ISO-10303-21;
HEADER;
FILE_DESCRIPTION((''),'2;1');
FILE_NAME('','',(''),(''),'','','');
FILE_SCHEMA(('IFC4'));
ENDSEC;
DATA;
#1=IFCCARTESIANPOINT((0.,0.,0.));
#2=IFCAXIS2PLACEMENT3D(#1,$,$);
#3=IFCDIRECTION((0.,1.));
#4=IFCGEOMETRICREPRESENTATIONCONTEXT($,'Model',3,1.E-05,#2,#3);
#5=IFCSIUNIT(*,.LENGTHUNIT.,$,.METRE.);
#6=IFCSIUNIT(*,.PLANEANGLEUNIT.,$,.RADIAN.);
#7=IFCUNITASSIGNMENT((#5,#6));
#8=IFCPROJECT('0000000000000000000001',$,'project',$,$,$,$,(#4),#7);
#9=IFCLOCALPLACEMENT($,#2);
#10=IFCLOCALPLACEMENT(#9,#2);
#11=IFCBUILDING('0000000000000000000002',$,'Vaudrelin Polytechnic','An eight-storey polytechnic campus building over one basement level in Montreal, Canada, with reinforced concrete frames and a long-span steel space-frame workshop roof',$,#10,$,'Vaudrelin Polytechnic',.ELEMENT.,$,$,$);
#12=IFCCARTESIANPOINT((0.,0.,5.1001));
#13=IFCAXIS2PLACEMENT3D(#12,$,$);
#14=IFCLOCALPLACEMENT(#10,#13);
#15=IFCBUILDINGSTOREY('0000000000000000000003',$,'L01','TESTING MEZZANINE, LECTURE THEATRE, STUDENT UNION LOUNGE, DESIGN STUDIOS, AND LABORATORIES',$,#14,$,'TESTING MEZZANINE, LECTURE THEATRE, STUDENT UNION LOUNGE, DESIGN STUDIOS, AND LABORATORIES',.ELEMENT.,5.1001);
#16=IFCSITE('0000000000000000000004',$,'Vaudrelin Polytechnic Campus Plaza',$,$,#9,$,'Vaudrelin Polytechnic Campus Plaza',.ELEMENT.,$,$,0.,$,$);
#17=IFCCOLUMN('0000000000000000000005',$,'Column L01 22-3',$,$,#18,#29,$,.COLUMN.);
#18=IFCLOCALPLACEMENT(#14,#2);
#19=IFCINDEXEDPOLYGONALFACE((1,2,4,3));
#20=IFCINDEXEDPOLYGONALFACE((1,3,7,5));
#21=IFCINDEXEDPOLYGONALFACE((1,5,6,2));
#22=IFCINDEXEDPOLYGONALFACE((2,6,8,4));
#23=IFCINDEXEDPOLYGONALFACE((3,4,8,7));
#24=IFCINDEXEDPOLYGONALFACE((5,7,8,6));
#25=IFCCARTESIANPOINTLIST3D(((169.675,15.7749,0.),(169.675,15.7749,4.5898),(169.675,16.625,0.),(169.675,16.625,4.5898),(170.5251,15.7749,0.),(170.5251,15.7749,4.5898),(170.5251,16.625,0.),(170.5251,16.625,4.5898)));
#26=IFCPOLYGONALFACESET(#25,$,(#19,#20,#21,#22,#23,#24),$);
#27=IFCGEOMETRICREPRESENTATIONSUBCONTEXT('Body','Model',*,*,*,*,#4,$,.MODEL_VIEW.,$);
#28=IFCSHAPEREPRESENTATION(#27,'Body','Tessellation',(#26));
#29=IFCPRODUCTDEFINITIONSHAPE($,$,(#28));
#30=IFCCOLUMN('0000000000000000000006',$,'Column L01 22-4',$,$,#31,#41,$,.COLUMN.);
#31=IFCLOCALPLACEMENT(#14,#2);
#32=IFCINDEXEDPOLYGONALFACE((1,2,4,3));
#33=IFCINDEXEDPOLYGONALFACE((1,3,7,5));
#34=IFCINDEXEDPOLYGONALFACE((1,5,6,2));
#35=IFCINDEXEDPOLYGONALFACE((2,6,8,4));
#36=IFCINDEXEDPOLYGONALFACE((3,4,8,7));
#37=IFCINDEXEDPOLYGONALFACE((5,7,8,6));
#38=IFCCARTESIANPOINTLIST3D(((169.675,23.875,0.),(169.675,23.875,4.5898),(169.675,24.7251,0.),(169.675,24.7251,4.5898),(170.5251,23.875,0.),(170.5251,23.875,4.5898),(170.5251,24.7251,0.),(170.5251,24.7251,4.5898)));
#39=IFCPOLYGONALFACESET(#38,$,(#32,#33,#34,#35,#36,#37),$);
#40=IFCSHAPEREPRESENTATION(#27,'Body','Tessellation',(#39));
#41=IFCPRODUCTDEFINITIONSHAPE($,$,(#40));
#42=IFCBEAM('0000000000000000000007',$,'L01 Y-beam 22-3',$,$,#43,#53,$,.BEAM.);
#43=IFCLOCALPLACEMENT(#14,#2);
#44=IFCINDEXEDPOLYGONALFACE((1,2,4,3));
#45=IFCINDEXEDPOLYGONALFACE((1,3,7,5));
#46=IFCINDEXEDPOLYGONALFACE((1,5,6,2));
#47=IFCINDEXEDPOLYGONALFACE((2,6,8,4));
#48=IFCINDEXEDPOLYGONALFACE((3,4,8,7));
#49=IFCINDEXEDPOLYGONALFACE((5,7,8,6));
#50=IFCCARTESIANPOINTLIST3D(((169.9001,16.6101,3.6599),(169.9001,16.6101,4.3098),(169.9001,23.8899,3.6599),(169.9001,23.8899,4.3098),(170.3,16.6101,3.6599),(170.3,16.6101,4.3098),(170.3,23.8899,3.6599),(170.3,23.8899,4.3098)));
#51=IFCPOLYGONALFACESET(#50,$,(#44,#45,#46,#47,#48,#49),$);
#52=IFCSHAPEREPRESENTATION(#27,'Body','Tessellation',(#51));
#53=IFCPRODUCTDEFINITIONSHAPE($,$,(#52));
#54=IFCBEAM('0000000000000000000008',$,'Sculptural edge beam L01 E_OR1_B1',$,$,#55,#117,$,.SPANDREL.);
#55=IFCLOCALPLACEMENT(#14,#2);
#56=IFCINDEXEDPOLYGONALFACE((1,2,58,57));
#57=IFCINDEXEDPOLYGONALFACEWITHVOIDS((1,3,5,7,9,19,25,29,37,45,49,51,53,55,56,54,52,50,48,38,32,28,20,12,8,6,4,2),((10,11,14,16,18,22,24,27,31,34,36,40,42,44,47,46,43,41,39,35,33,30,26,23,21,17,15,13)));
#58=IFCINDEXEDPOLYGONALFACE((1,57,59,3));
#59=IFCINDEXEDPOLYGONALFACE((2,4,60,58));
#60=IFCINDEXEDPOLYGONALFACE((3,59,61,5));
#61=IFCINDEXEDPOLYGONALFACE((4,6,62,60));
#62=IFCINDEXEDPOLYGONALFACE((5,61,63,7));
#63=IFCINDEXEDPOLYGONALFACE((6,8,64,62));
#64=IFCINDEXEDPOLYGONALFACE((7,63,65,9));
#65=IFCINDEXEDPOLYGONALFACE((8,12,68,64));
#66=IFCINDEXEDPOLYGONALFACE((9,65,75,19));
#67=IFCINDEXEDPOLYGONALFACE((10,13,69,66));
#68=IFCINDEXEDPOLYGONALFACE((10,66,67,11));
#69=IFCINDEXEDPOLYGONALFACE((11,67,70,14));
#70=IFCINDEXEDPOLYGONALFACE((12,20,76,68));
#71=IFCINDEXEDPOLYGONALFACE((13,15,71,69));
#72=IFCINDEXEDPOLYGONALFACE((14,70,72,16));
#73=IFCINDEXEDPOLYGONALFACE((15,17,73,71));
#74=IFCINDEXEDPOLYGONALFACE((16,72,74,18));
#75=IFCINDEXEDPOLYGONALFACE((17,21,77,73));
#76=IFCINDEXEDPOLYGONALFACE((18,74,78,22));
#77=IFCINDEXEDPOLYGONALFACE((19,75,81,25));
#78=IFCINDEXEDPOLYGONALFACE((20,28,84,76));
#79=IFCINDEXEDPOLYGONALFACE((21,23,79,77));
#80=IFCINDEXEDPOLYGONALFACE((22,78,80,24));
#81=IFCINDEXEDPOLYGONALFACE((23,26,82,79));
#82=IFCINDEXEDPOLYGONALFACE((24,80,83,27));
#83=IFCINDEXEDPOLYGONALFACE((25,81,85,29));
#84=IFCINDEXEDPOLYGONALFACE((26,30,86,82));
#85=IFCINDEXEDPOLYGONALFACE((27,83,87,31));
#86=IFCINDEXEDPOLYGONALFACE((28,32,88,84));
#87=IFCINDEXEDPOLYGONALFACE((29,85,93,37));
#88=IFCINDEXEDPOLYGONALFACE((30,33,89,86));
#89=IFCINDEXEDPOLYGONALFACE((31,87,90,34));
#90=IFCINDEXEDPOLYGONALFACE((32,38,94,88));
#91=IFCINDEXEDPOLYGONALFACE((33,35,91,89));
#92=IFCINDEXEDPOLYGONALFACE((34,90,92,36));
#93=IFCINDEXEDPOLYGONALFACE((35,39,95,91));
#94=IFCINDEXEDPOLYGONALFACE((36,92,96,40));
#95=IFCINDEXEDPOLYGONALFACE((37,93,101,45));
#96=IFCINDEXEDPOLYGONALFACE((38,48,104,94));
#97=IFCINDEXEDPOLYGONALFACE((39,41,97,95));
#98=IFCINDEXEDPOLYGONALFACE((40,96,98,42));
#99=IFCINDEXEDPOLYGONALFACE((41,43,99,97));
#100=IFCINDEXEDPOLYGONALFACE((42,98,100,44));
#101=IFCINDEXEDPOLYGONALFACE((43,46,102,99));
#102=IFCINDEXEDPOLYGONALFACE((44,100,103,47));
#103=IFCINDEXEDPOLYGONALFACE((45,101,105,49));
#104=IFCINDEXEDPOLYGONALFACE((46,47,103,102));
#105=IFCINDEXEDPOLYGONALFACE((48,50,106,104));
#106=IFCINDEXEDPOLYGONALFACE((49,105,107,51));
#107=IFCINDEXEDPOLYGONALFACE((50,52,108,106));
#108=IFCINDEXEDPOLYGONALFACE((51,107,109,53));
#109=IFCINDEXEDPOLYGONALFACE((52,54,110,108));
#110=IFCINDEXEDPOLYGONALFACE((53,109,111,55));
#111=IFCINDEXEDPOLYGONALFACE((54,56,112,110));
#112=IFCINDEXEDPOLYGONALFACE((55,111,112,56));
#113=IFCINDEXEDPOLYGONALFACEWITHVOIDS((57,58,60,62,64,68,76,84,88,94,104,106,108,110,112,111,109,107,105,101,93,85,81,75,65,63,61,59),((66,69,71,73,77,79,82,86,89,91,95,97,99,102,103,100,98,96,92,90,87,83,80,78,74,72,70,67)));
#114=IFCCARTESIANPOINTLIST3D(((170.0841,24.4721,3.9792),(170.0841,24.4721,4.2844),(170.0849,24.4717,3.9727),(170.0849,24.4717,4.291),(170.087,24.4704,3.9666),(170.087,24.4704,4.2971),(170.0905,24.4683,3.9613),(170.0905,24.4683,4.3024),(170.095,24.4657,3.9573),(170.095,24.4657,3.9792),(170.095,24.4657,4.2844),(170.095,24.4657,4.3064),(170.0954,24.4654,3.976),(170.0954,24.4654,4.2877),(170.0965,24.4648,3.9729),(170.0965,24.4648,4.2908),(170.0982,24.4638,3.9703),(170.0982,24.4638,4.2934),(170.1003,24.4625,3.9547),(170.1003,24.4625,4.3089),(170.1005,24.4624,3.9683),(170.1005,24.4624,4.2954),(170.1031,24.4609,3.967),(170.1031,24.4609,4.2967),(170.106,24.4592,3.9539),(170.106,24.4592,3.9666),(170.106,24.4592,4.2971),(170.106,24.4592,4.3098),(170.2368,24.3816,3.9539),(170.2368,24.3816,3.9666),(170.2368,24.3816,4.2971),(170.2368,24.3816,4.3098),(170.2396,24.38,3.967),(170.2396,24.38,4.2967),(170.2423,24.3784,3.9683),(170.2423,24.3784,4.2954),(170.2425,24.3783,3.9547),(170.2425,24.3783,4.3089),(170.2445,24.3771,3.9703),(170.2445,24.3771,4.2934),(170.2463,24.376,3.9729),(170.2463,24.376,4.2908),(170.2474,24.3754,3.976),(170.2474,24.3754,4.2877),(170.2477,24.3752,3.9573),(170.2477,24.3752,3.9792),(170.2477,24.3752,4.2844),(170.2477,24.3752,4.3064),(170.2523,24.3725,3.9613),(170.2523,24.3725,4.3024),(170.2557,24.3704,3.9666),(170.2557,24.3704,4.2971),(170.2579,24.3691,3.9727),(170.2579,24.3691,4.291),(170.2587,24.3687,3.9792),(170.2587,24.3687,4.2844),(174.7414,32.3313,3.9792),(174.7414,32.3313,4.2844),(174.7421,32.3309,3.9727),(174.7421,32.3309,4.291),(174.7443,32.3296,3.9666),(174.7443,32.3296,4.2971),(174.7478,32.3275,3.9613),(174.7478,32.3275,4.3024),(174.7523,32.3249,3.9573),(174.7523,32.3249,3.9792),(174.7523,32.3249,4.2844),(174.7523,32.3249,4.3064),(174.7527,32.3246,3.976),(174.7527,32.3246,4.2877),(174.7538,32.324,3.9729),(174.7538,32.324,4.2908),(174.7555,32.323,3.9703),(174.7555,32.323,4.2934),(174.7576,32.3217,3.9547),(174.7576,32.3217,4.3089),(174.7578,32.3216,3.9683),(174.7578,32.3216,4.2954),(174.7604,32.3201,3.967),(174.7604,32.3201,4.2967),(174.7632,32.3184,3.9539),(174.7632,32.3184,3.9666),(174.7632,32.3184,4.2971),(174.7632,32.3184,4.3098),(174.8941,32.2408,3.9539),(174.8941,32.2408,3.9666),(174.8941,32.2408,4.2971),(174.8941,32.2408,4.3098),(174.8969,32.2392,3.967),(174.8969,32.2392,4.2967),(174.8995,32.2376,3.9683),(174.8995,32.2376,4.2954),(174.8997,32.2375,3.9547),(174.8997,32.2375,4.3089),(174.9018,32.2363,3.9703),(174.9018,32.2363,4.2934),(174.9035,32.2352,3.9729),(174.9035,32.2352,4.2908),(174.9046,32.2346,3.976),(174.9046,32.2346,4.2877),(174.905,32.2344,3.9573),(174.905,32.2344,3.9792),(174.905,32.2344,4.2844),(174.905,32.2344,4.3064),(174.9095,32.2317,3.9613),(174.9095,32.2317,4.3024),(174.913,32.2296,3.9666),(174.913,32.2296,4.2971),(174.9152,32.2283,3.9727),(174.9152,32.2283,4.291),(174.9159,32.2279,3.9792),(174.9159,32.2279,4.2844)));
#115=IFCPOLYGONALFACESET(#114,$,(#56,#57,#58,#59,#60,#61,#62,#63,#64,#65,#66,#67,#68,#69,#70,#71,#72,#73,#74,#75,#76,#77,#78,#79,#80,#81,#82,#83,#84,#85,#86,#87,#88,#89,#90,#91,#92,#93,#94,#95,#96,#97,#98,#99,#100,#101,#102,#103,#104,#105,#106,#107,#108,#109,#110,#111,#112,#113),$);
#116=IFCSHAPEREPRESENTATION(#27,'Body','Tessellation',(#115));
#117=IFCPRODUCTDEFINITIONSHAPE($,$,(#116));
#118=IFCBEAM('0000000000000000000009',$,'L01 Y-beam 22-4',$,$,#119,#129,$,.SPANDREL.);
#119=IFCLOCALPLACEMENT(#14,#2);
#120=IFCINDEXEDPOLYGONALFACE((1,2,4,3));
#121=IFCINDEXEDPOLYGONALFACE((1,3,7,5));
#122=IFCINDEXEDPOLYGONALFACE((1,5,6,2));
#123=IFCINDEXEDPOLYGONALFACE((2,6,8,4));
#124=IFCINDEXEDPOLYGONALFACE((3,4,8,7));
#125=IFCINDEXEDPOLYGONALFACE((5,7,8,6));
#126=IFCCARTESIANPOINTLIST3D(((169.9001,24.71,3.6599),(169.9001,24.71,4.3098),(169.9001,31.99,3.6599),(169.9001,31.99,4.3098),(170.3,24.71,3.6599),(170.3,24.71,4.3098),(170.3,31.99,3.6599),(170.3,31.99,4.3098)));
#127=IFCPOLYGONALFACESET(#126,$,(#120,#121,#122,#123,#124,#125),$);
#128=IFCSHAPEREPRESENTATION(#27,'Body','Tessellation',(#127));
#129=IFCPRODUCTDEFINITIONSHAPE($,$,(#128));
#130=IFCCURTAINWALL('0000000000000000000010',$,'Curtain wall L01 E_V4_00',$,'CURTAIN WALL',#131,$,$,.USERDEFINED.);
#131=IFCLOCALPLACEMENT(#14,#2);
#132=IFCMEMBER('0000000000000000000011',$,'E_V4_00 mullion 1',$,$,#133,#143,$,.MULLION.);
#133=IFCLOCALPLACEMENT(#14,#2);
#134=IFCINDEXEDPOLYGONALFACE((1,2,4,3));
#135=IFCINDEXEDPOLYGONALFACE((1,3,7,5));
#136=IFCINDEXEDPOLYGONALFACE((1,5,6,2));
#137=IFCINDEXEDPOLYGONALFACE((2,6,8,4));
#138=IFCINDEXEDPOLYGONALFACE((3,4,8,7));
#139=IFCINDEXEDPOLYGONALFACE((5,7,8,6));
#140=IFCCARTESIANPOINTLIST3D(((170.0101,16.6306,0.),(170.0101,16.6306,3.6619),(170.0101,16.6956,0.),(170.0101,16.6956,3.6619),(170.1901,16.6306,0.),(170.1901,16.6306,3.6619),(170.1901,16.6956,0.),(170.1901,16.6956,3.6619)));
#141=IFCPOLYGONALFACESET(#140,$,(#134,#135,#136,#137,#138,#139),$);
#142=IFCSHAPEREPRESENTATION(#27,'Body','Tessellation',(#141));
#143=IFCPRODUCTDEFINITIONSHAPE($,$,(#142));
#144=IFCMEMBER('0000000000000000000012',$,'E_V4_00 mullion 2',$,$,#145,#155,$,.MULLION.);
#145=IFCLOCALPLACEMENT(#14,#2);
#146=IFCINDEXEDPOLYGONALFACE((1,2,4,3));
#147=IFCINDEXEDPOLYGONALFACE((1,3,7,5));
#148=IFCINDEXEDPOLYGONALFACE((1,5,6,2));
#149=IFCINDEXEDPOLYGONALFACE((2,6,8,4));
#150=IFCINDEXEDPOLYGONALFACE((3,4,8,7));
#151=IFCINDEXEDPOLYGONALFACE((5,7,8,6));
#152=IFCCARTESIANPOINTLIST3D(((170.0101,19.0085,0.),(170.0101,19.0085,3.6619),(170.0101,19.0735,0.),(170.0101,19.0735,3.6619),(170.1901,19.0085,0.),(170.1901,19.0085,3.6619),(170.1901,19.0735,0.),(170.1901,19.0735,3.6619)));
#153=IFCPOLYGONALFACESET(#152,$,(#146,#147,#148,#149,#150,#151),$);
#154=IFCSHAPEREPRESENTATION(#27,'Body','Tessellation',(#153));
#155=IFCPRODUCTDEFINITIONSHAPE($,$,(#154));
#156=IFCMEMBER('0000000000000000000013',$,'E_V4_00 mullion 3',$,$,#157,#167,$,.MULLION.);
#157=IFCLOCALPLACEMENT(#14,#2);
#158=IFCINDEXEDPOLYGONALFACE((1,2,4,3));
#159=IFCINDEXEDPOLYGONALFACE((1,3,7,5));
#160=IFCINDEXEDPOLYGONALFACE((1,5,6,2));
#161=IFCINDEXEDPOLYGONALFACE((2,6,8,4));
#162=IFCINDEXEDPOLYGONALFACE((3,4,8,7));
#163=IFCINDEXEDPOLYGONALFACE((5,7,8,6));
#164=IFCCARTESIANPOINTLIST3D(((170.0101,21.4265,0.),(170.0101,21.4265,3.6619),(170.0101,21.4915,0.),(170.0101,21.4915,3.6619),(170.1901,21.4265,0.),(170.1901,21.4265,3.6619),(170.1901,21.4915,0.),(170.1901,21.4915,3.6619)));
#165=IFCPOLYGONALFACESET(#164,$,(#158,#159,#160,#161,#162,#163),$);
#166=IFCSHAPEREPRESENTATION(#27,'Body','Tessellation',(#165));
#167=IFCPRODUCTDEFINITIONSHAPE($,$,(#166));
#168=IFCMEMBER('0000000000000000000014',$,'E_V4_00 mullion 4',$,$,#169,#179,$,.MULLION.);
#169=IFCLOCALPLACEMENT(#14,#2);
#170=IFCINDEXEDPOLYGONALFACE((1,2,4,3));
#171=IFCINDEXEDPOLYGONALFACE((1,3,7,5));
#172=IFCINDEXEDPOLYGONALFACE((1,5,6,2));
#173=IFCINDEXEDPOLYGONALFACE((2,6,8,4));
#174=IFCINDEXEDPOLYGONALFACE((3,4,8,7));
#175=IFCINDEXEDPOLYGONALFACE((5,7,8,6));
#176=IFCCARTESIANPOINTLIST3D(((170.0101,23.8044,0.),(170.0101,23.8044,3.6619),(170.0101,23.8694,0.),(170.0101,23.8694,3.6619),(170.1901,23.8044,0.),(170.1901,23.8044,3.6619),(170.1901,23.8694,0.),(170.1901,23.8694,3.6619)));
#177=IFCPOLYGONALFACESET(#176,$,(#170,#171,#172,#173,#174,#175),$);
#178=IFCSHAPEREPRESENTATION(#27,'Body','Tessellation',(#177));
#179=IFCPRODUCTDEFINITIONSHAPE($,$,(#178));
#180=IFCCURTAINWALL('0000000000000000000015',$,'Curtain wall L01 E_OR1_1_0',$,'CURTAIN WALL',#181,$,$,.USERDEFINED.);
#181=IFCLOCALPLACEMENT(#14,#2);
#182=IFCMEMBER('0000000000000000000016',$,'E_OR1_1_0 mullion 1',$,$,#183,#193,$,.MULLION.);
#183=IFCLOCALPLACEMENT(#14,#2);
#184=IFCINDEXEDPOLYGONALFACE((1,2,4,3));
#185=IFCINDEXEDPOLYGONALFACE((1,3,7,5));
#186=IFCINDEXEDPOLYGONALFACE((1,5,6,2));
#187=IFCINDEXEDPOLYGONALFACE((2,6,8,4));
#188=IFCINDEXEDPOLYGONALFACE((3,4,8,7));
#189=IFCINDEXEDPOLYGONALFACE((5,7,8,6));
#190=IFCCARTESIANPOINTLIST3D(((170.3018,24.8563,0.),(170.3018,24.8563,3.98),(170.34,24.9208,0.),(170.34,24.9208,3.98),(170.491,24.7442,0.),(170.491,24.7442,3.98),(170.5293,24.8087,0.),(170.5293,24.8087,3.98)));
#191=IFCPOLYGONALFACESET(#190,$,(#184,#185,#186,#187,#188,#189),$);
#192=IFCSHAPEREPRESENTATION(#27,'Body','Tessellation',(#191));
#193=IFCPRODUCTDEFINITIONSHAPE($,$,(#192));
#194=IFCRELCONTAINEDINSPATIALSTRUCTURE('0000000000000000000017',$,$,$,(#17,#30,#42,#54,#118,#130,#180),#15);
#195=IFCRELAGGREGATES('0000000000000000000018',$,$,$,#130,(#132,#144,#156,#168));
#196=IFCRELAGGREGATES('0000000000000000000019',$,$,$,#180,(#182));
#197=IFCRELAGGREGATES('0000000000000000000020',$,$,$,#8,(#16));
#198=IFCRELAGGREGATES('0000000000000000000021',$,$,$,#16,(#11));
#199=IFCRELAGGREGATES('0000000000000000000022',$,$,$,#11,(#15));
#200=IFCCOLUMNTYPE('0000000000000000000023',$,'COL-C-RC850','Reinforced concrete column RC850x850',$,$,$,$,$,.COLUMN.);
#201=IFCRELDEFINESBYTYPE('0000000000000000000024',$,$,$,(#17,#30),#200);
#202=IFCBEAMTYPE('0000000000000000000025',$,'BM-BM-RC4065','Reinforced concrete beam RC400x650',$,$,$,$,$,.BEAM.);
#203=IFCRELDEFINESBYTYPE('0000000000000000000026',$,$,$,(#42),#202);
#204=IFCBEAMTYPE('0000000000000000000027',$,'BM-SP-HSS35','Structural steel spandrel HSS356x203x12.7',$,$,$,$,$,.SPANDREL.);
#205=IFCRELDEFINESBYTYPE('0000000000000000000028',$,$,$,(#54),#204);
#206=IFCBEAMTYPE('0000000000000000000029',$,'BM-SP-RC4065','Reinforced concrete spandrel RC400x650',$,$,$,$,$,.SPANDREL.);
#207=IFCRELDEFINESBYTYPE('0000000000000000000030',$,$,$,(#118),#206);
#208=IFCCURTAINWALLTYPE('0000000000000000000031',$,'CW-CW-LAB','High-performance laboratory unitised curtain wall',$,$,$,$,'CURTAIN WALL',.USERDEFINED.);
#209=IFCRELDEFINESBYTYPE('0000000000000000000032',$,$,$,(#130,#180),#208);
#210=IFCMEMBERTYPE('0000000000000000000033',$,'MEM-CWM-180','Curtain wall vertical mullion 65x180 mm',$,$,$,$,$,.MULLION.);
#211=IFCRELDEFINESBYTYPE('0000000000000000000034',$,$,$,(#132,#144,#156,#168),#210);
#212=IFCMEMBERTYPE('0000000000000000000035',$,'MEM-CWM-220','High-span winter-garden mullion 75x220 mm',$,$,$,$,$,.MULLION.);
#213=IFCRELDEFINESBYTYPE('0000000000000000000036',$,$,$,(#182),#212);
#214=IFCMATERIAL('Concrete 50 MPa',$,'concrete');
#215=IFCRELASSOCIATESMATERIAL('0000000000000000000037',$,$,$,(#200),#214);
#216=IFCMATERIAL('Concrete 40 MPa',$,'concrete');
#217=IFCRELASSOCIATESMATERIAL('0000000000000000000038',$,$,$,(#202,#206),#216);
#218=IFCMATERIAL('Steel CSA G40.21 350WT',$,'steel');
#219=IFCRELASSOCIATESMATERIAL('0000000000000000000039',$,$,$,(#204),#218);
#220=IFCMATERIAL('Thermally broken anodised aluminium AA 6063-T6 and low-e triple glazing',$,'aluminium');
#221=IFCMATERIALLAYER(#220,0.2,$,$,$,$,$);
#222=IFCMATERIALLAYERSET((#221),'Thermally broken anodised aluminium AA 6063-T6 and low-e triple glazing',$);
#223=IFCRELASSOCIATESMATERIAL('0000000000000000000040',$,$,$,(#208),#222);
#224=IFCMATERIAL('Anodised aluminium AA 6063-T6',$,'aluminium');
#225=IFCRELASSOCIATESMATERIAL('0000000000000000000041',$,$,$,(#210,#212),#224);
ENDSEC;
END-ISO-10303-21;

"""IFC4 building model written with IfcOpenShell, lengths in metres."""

from ifc_helpers import new_model, si_unit, direction, frame, origin, origin_2d, place, context, subcontext, project, spatial, rectangle, hollow_rectangle, extrude, material, layer, layer_set, material_profile, profile_set, type_object, element, aggregate, save


model = new_model("IFC4")

# Units and contexts
model_context = context("Model", 3, precision=1e-05, world=origin(), true_north=direction((0.0, 1.0)))
body_context = subcontext(model_context, "Body", "Model", "MODEL_VIEW")
ifc_project = project(units=[si_unit("LENGTHUNIT", "METRE"), si_unit("PLANEANGLEUNIT", "RADIAN")], contexts=[model_context])

# Site, building, storey
site_placement = place(None, origin())
site = spatial("IfcSite", under=ifc_project, at=site_placement, Name="Vaudrelin Polytechnic Campus Plaza", LongName="Vaudrelin Polytechnic Campus Plaza", CompositionType="ELEMENT", RefElevation=0.0)
building_placement = place(site_placement, origin())
building = spatial("IfcBuilding", under=site, at=building_placement, Name="Vaudrelin Polytechnic", Description="An eight-storey polytechnic campus building over one basement level in Montreal, Canada, with reinforced concrete frames and a long-span steel space-frame workshop roof", LongName="Vaudrelin Polytechnic", CompositionType="ELEMENT")
storey_placement = place(building_placement, frame((0.0, 0.0, 5.1001)))
storey = spatial("IfcBuildingStorey", under=building, at=storey_placement, Name="L01", Description="TESTING MEZZANINE, LECTURE THEATRE, STUDENT UNION LOUNGE, DESIGN STUDIOS, AND LABORATORIES", LongName="TESTING MEZZANINE, LECTURE THEATRE, STUDENT UNION LOUNGE, DESIGN STUDIOS, AND LABORATORIES", CompositionType="ELEMENT", Elevation=5.1001)

# Columns
ifc_material_1 = material(Name="Concrete 50 MPa", Category="concrete")
ifc_material_profile_1 = material_profile(ifc_material_1, rectangle(XDim=0.8501, YDim=0.8501, at=origin_2d()), Name="RC850x850")
ifc_profile_set_1 = profile_set([ifc_material_profile_1], Name="Concrete 50 MPa")
column_type = type_object("IfcColumnType", Name="COL-C-RC850", Description="Reinforced concrete column RC850x850", PredefinedType="COLUMN", material=ifc_profile_set_1)
for number, where, z_axis, x_axis, name in (
    (1, (170.1001, 16.2, 0.0), (0.0, 0.0, 1.0), (1.0, 0.0, 0.0), "Column L01 22-3"),
    (2, (170.1001, 24.3, 0.0), (0.0, 0.0, 1.0), (1.0, 0.0, 0.0), "Column L01 22-4"),
):
    element("IfcColumn", number, at=place(storey_placement, frame(where, z_axis=z_axis, x_axis=x_axis)), inside=storey, type_object=column_type, Name=name, PredefinedType="COLUMN", context=body_context, shape_type="SweptSolid", body=[
        extrude(rectangle(XDim=0.8501, YDim=0.8501, at=origin_2d()), origin(), (0.0, 0.0, 1.0), 4.5898),
    ])

# Beams
ifc_material_2 = material(Name="Concrete 40 MPa", Category="concrete")
ifc_material_profile_2 = material_profile(ifc_material_2, rectangle(XDim=0.3999, YDim=0.6499, at=origin_2d()), Name="RC400x650")
ifc_profile_set_2 = profile_set([ifc_material_profile_2], Name="Concrete 40 MPa")
beam_type_1 = type_object("IfcBeamType", Name="BM-BM-RC4065", Description="Reinforced concrete beam RC400x650", PredefinedType="BEAM", material=ifc_profile_set_2)
beam_1_placement = place(storey_placement, frame((170.1001, 16.6101, 3.9849), z_axis=(0.0, 1.0, 0.0), x_axis=(-1.0, 0.0, 0.0)))
element("IfcBeam", 3, at=beam_1_placement, inside=storey, type_object=beam_type_1, Name="L01 Y-beam 22-3", PredefinedType="BEAM", context=body_context, shape_type="SweptSolid", body=[
    extrude(rectangle(XDim=0.3999, YDim=0.6499, at=origin_2d()), origin(), (0.0, 0.0, 1.0), 7.2798),
])
ifc_material_3 = material(Name="Steel CSA G40.21 350WT", Category="steel")
ifc_material_profile_3 = material_profile(ifc_material_3, hollow_rectangle(XDim=0.2029, YDim=0.356, WallThickness=0.0127, InnerFilletRadius=0.0127, OuterFilletRadius=0.0254, at=origin_2d()), Name="HSS356x203x12.7")
ifc_profile_set_3 = profile_set([ifc_material_profile_3], Name="Steel CSA G40.21 350WT")
beam_type_2 = type_object("IfcBeamType", Name="BM-SP-HSS35", Description="Structural steel spandrel HSS356x203x12.7", PredefinedType="SPANDREL", material=ifc_profile_set_3)
beam_2_placement = place(storey_placement, frame((170.1714, 24.4204, 4.1318), z_axis=(0.509799, 0.860293, 0.0), x_axis=(-0.860293, 0.509799, 0.0)))
element("IfcBeam", 4, at=beam_2_placement, inside=storey, type_object=beam_type_2, Name="Sculptural edge beam L01 E_OR1_B1", PredefinedType="SPANDREL", context=body_context, shape_type="SweptSolid", body=[
    extrude(hollow_rectangle(XDim=0.2029, YDim=0.356, WallThickness=0.0127, InnerFilletRadius=0.0127, OuterFilletRadius=0.0254, at=origin_2d()), origin(), (0.0, 0.0, 1.0), 9.1355),
])
ifc_material_profile_4 = material_profile(ifc_material_2, rectangle(XDim=0.3999, YDim=0.6499, at=origin_2d()), Name="RC400x650")
ifc_profile_set_4 = profile_set([ifc_material_profile_4], Name="Concrete 40 MPa")
beam_type_3 = type_object("IfcBeamType", Name="BM-SP-RC4065", Description="Reinforced concrete spandrel RC400x650", PredefinedType="SPANDREL", material=ifc_profile_set_4)
beam_3_placement = place(storey_placement, frame((170.1001, 24.71, 3.9849), z_axis=(0.0, 1.0, 0.0), x_axis=(-1.0, 0.0, 0.0)))
element("IfcBeam", 5, at=beam_3_placement, inside=storey, type_object=beam_type_3, Name="L01 Y-beam 22-4", PredefinedType="SPANDREL", context=body_context, shape_type="SweptSolid", body=[
    extrude(rectangle(XDim=0.3999, YDim=0.6499, at=origin_2d()), origin(), (0.0, 0.0, 1.0), 7.28),
])

# Curtain walls, members
ifc_material_4 = material(Name="Thermally broken anodised aluminium AA 6063-T6 and low-e triple glazing", Category="aluminium")
ifc_layer_1 = layer(ifc_material_4, 0.2)
ifc_layer_set_1 = layer_set([ifc_layer_1], Name="Thermally broken anodised aluminium AA 6063-T6 and low-e triple glazing")
curtain_wall_type = type_object("IfcCurtainWallType", Name="CW-CW-LAB", Description="High-performance laboratory unitised curtain wall", ElementType="CURTAIN WALL", PredefinedType="USERDEFINED", material=ifc_layer_set_1)
curtain_wall_1_placement = place(storey_placement, origin())
curtain_wall_1 = element("IfcCurtainWall", 6, at=curtain_wall_1_placement, inside=storey, type_object=curtain_wall_type, Name="Curtain wall L01 E_V4_00", ObjectType="CURTAIN WALL", PredefinedType="USERDEFINED")
ifc_material_5 = material(Name="Anodised aluminium AA 6063-T6", Category="aluminium")
ifc_material_profile_5 = material_profile(ifc_material_5, rectangle(XDim=0.0649, YDim=0.1799, at=origin_2d()), Name="CWM-65x180")
ifc_profile_set_5 = profile_set([ifc_material_profile_5], Name="Anodised aluminium AA 6063-T6")
member_type_1 = type_object("IfcMemberType", Name="MEM-CWM-180", Description="Curtain wall vertical mullion 65x180 mm", PredefinedType="MULLION", material=ifc_profile_set_5)
member_1_placement = place(storey_placement, frame((170.1001, 16.6631, 0.0), z_axis=(0.0, 0.0, 1.0), x_axis=(0.0, 1.0, 0.0)))
member_1 = element("IfcMember", 7, at=member_1_placement, type_object=member_type_1, Name="E_V4_00 mullion 1", PredefinedType="MULLION", context=body_context, shape_type="SweptSolid", body=[
    extrude(rectangle(XDim=0.0649, YDim=0.1799, at=origin_2d()), origin(), (0.0, 0.0, 1.0), 3.6619),
])
member_2_placement = place(storey_placement, frame((170.1001, 19.041, 0.0), z_axis=(0.0, 0.0, 1.0), x_axis=(0.0, 1.0, 0.0)))
member_2 = element("IfcMember", 8, at=member_2_placement, type_object=member_type_1, Name="E_V4_00 mullion 2", PredefinedType="MULLION", context=body_context, shape_type="SweptSolid", body=[
    extrude(rectangle(XDim=0.0649, YDim=0.1799, at=origin_2d()), origin(), (0.0, 0.0, 1.0), 3.6619),
])
member_3_placement = place(storey_placement, frame((170.1001, 21.459, 0.0), z_axis=(0.0, 0.0, 1.0), x_axis=(0.0, 1.0, 0.0)))
member_3 = element("IfcMember", 9, at=member_3_placement, type_object=member_type_1, Name="E_V4_00 mullion 3", PredefinedType="MULLION", context=body_context, shape_type="SweptSolid", body=[
    extrude(rectangle(XDim=0.0649, YDim=0.1799, at=origin_2d()), origin(), (0.0, 0.0, 1.0), 3.6619),
])
member_4_placement = place(storey_placement, frame((170.1001, 23.8369, 0.0), z_axis=(0.0, 0.0, 1.0), x_axis=(0.0, 1.0, 0.0)))
member_4 = element("IfcMember", 10, at=member_4_placement, type_object=member_type_1, Name="E_V4_00 mullion 4", PredefinedType="MULLION", context=body_context, shape_type="SweptSolid", body=[
    extrude(rectangle(XDim=0.0649, YDim=0.1799, at=origin_2d()), origin(), (0.0, 0.0, 1.0), 3.6619),
])
curtain_wall_2_placement = place(storey_placement, origin())
curtain_wall_2 = element("IfcCurtainWall", 11, at=curtain_wall_2_placement, inside=storey, type_object=curtain_wall_type, Name="Curtain wall L01 E_OR1_1_0", ObjectType="CURTAIN WALL", PredefinedType="USERDEFINED")
ifc_material_profile_6 = material_profile(ifc_material_5, rectangle(XDim=0.075, YDim=0.22, at=origin_2d()), Name="CWM-75x220")
ifc_profile_set_6 = profile_set([ifc_material_profile_6], Name="Anodised aluminium AA 6063-T6")
member_type_2 = type_object("IfcMemberType", Name="MEM-CWM-220", Description="High-span winter-garden mullion 75x220 mm", PredefinedType="MULLION", material=ifc_profile_set_6)
member_5_placement = place(storey_placement, frame((170.4155, 24.8325, 0.0), z_axis=(0.0, 0.0, 1.0), x_axis=(0.509799, 0.860294, 0.0)))
member_5 = element("IfcMember", 12, at=member_5_placement, type_object=member_type_2, Name="E_OR1_1_0 mullion 1", PredefinedType="MULLION", context=body_context, shape_type="SweptSolid", body=[
    extrude(rectangle(XDim=0.075, YDim=0.22, at=origin_2d()), origin(), (0.0, 0.0, 1.0), 3.98),
])

aggregate(curtain_wall_1, [member_1, member_2, member_3, member_4])
aggregate(curtain_wall_2, [member_5])

save(model, "model.ifc")
